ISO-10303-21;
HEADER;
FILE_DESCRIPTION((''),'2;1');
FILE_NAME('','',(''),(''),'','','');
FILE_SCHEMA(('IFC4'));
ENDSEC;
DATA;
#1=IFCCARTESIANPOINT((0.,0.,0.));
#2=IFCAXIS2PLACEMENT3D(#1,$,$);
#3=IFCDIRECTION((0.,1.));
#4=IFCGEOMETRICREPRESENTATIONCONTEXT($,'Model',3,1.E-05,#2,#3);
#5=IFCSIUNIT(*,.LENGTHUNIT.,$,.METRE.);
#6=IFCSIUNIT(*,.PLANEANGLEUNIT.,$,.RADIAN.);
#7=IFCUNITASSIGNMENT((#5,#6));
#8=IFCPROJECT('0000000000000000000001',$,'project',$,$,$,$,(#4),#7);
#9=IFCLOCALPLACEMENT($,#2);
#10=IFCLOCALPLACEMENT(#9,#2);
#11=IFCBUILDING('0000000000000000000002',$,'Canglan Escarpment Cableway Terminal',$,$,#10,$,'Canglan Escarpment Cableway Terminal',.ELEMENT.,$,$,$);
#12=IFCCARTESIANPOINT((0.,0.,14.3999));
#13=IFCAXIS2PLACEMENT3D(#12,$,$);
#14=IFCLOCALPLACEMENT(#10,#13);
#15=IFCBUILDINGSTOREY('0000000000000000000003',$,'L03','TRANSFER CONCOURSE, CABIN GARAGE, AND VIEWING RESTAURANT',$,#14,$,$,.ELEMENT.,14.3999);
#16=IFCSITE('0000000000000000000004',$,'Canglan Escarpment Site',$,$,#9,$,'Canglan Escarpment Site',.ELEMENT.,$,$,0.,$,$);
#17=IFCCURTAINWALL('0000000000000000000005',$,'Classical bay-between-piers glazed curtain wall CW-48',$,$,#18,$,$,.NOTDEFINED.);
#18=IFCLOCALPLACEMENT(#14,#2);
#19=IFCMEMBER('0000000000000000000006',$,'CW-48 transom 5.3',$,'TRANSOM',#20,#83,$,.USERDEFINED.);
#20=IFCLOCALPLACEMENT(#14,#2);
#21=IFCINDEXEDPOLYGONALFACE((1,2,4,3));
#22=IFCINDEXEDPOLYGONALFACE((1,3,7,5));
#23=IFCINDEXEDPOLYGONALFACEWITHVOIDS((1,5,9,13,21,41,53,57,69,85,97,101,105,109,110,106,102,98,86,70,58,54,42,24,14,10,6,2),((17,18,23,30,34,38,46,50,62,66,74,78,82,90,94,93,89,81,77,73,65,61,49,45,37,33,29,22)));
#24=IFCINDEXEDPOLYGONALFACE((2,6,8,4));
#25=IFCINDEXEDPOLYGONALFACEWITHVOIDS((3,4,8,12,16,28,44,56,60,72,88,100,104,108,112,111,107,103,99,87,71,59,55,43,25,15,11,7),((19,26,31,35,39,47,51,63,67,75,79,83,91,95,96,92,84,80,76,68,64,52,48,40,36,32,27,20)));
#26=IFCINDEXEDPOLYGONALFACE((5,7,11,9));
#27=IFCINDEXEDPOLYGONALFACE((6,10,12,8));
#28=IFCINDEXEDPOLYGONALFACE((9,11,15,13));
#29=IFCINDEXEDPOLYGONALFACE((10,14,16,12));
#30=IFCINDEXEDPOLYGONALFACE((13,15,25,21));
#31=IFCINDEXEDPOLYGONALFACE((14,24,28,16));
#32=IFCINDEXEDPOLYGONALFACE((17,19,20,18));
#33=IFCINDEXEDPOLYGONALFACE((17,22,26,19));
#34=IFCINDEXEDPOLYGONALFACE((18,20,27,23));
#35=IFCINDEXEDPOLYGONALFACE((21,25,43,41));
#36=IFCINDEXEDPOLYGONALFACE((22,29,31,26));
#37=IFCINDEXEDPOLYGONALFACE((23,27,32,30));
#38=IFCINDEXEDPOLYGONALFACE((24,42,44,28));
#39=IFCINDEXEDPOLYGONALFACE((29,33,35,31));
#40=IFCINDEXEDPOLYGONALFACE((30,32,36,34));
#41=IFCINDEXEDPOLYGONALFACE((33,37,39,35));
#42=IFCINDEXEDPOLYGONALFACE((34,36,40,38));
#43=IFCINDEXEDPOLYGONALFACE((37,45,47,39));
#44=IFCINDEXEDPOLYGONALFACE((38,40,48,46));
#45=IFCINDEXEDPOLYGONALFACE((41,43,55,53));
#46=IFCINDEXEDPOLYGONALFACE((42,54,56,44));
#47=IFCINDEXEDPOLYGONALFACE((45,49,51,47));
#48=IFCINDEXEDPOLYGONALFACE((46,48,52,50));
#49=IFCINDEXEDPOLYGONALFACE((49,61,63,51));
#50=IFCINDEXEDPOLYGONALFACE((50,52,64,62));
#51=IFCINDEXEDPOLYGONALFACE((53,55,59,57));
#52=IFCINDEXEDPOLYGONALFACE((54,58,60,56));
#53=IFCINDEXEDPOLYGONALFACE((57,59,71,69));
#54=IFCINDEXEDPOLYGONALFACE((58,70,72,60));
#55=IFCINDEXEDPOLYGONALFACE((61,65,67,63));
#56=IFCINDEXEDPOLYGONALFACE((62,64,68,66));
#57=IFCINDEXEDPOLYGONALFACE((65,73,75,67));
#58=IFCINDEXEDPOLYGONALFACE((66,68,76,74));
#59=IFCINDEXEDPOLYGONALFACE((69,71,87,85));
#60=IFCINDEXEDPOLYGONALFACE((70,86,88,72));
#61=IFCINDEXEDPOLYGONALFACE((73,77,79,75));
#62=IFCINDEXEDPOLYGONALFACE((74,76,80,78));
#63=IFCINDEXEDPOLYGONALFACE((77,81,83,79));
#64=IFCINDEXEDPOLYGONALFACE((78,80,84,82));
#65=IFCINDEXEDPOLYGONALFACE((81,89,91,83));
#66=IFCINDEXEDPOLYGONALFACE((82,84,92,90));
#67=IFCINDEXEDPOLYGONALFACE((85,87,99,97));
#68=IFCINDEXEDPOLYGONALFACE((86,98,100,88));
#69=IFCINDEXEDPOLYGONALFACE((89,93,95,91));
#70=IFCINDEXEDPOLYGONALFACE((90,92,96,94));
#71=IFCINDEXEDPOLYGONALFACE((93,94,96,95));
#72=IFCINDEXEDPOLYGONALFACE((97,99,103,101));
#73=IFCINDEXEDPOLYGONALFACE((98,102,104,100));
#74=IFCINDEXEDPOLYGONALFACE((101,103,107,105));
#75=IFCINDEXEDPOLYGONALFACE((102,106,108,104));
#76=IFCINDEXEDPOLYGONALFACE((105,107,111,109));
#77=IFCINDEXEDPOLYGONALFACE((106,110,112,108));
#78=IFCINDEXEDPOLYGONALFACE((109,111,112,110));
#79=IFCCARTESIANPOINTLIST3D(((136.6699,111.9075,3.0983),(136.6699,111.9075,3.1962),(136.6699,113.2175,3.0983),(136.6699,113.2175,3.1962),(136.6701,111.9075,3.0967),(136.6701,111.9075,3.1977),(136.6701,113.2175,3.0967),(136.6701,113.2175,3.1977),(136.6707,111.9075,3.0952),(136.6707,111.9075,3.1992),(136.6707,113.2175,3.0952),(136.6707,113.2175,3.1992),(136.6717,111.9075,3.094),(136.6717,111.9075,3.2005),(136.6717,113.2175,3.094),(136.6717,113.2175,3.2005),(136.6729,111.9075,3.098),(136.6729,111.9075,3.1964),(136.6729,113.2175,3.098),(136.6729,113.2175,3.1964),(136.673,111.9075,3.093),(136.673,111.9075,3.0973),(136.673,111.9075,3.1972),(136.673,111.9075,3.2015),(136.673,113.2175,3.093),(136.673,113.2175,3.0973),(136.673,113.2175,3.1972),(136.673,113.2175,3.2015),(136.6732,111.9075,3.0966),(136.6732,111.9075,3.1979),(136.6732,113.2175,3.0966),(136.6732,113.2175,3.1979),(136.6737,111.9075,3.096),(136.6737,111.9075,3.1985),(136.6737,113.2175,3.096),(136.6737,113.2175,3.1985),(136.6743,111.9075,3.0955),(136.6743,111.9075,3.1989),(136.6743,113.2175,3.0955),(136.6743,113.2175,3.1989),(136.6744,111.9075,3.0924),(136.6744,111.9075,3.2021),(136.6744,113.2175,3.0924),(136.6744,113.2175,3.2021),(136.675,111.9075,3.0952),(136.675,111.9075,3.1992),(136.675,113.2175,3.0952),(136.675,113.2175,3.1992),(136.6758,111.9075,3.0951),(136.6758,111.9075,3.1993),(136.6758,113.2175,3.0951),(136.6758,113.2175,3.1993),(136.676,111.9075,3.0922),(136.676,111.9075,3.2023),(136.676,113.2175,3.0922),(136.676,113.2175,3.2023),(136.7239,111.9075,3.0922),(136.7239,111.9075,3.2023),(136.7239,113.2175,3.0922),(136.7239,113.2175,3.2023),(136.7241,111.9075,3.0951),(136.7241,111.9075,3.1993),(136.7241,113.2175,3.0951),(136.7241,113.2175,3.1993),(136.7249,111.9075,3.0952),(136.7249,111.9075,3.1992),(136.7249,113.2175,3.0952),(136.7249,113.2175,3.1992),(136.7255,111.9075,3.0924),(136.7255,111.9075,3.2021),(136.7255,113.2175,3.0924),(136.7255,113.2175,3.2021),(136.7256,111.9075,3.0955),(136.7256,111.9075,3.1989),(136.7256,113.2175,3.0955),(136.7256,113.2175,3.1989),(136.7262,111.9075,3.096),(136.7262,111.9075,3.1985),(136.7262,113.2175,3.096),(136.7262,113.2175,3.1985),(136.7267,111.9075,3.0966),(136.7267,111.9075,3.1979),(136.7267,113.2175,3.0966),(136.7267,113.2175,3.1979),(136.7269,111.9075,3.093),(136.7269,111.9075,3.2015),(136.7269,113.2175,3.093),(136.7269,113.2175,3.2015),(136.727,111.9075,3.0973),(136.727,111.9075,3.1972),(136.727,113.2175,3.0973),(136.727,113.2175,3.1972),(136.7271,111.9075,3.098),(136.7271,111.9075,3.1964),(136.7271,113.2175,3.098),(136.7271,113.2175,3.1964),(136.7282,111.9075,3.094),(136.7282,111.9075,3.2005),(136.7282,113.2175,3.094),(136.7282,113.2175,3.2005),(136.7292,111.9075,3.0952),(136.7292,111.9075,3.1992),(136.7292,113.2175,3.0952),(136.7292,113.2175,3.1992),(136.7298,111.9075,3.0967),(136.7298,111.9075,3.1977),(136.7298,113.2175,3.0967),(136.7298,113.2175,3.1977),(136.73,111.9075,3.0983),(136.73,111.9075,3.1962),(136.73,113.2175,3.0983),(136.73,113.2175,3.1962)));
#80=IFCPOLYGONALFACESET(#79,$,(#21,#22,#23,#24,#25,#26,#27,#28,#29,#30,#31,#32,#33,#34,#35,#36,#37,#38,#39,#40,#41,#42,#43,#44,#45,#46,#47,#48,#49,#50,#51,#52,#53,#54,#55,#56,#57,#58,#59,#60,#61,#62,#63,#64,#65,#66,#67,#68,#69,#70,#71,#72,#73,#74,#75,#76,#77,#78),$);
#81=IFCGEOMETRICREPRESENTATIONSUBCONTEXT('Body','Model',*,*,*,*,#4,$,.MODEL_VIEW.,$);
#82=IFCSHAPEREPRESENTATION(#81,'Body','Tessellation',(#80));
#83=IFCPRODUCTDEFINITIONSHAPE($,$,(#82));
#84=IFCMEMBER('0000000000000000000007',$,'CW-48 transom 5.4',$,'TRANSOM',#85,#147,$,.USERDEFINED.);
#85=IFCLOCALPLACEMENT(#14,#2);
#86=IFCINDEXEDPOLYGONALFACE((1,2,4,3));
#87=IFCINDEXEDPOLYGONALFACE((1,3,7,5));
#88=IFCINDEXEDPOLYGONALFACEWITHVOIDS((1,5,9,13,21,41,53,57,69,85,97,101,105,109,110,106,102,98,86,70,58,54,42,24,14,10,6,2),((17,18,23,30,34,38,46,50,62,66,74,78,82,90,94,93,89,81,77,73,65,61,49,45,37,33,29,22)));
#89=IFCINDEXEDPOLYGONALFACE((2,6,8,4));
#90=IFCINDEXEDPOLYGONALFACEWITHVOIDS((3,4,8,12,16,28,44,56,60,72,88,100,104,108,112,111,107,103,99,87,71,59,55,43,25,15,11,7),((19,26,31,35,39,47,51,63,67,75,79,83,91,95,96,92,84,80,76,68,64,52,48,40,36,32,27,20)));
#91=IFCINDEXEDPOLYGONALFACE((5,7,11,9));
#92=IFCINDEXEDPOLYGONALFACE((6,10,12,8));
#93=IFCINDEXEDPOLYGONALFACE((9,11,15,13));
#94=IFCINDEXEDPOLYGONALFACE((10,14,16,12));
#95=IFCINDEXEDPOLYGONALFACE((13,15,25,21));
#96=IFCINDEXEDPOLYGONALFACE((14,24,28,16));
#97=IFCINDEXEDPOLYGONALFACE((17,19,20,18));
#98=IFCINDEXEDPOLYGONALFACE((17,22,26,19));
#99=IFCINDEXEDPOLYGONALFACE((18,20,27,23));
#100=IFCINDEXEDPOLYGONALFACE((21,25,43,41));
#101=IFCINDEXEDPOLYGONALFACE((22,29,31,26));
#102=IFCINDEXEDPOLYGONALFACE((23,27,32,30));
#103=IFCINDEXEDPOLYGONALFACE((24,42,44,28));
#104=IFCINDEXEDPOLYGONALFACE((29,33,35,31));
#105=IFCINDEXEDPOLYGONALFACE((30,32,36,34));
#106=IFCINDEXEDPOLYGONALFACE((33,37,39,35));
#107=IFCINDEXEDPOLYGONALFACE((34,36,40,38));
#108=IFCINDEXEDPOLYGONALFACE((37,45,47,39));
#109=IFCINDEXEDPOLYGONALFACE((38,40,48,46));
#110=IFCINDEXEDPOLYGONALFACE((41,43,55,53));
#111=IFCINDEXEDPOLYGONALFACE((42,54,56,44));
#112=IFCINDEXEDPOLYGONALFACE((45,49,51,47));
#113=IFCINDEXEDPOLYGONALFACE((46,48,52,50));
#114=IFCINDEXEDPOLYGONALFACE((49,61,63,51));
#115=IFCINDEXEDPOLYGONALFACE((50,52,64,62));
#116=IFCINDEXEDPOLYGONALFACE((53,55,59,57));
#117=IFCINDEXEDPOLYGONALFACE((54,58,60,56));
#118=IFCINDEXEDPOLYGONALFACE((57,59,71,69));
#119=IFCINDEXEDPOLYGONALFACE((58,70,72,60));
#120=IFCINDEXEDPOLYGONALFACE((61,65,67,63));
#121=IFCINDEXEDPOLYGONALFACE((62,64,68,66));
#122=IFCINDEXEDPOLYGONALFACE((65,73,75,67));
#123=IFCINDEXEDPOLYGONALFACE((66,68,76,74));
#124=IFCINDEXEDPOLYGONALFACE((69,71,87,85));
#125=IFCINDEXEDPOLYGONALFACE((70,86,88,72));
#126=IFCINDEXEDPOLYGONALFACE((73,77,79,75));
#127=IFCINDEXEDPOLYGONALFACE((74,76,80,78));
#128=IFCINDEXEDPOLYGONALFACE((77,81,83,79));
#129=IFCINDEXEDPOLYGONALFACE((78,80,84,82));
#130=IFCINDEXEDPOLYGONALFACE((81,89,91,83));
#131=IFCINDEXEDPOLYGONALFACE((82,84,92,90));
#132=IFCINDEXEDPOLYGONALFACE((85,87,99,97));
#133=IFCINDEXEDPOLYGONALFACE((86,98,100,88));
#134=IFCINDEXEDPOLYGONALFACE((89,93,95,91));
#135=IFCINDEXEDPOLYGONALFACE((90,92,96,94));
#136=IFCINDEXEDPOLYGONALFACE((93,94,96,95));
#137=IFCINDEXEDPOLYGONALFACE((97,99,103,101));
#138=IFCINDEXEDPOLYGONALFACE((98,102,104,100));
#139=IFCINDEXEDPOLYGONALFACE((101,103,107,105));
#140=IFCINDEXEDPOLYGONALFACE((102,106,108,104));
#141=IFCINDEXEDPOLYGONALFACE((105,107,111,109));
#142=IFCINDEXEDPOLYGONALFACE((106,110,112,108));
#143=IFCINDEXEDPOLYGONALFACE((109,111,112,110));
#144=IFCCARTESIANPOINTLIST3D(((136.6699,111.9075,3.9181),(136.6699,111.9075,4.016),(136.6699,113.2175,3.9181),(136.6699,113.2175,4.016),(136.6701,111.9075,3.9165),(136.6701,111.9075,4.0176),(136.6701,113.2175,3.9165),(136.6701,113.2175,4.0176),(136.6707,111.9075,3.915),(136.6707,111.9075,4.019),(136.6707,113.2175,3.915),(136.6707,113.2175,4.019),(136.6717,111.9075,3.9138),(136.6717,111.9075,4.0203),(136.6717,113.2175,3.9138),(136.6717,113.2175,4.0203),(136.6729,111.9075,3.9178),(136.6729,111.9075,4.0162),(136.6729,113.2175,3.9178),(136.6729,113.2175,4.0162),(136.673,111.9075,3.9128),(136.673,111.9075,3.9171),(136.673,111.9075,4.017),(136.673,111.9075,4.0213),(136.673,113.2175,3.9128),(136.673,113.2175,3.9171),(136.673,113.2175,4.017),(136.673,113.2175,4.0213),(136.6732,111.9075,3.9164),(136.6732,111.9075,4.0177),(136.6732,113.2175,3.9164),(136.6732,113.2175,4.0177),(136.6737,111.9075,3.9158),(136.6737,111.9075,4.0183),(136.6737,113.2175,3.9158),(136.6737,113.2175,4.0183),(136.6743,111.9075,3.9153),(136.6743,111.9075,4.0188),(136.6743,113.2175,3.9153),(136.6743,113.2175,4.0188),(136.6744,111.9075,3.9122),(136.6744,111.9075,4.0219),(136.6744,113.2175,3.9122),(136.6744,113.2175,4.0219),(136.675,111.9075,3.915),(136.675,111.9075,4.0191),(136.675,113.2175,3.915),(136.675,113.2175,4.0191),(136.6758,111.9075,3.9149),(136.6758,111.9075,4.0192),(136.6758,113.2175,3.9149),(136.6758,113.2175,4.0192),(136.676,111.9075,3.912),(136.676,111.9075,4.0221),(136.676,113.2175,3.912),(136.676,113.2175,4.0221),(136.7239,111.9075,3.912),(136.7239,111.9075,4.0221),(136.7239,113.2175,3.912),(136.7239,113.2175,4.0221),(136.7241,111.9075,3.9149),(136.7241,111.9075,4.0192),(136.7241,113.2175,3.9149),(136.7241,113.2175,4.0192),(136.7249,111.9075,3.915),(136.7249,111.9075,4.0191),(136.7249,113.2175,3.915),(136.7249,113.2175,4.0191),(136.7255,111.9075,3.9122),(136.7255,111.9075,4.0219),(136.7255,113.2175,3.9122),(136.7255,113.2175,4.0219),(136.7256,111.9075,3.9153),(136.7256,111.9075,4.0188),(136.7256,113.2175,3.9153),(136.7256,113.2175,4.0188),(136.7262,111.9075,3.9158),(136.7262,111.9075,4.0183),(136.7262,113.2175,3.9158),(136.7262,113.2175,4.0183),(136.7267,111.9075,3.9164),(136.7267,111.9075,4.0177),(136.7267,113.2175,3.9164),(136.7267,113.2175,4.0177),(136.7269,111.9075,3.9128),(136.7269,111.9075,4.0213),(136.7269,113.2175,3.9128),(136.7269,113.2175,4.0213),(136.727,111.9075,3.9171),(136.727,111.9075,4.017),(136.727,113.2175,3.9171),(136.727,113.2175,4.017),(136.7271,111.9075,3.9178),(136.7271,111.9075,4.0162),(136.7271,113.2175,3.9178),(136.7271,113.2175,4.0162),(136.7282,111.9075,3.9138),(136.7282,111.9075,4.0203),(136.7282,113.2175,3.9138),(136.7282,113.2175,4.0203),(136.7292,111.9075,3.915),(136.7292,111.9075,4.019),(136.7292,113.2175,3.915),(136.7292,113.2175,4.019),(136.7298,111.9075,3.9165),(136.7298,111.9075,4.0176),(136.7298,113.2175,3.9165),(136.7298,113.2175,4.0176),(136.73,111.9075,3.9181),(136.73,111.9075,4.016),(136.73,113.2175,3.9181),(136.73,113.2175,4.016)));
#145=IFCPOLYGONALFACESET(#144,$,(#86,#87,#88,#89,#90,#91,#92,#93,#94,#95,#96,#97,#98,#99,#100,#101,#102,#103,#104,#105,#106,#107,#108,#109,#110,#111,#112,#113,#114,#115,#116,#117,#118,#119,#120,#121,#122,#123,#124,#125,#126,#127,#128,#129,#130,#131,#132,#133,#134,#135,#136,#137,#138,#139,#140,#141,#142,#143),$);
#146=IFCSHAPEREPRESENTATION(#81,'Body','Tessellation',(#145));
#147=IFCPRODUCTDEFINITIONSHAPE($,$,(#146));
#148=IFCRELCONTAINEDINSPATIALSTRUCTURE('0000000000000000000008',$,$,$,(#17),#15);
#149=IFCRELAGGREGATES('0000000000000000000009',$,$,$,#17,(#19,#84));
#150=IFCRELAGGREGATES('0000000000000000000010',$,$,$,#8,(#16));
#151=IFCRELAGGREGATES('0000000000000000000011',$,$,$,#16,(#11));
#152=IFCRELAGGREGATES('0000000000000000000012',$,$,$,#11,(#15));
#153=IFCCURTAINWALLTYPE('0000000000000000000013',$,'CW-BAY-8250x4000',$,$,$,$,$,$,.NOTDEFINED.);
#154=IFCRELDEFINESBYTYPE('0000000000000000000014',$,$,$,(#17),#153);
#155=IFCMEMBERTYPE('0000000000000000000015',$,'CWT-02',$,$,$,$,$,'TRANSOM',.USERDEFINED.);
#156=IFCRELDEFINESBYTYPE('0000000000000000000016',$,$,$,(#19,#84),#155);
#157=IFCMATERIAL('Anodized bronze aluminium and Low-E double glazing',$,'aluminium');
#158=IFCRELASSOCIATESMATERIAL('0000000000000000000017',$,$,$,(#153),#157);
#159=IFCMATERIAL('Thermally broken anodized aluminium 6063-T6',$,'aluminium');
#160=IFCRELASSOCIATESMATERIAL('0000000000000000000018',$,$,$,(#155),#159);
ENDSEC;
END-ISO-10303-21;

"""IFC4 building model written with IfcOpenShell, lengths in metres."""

from ifc_helpers import new_model, si_unit, direction, frame, origin, origin_2d, place, context, subcontext, project, spatial, hollow_rectangle, extrude, material, material_profile, profile_set, type_object, element, aggregate, save


model = new_model("IFC4")

# Units and contexts
model_context = context("Model", 3, precision=1e-05, world=origin(), true_north=direction((0.0, 1.0)))
body_context = subcontext(model_context, "Body", "Model", "MODEL_VIEW")
ifc_project = project(units=[si_unit("LENGTHUNIT", "METRE"), si_unit("PLANEANGLEUNIT", "RADIAN")], contexts=[model_context])

# Site, building, storey
site_placement = place(None, origin())
site = spatial("IfcSite", under=ifc_project, at=site_placement, Name="Canglan Escarpment Site", LongName="Canglan Escarpment Site", CompositionType="ELEMENT", RefElevation=0.0)
building_placement = place(site_placement, origin())
building = spatial("IfcBuilding", under=site, at=building_placement, Name="Canglan Escarpment Cableway Terminal", LongName="Canglan Escarpment Cableway Terminal", CompositionType="ELEMENT")
storey_placement = place(building_placement, frame((0.0, 0.0, 14.3999)))
storey = spatial("IfcBuildingStorey", under=building, at=storey_placement, Name="L03", Description="TRANSFER CONCOURSE, CABIN GARAGE, AND VIEWING RESTAURANT", CompositionType="ELEMENT", Elevation=14.3999)

# Curtain wall, members
ifc_material_1 = material(Name="Anodized bronze aluminium and Low-E double glazing", Category="aluminium")
ifc_material_2 = material(Name="Thermally broken anodized aluminium 6063-T6", Category="aluminium")
curtain_wall_type_1 = type_object("IfcCurtainWallType", Name="CW-BAY-8250x4000", PredefinedType="NOTDEFINED", material=ifc_material_1)
curtain_wall_1_placement = place(storey_placement, origin())
curtain_wall_1 = element("IfcCurtainWall", 1, at=curtain_wall_1_placement, inside=storey, type_object=curtain_wall_type_1, Name="Classical bay-between-piers glazed curtain wall CW-48", PredefinedType="NOTDEFINED")
ifc_material_profile_1 = material_profile(ifc_material_2, hollow_rectangle(XDim=0.0601, YDim=0.1101, WallThickness=0.0029, InnerFilletRadius=0.0029, OuterFilletRadius=0.0061, at=origin_2d()), Name="ALU-TRAN 60x110x3")
ifc_profile_set_1 = profile_set([ifc_material_profile_1], Name="Thermally broken anodized aluminium 6063-T6")
member_type_1 = type_object("IfcMemberType", Name="CWT-02", ElementType="TRANSOM", PredefinedType="USERDEFINED", material=ifc_profile_set_1)
member_1_placement = place(storey_placement, frame((136.7, 111.9075, 3.1472), z_axis=(0.0, 1.0, 0.0), x_axis=(-1.0, 0.0, 0.0)))
member_1 = element("IfcMember", 2, at=member_1_placement, type_object=member_type_1, Name="CW-48 transom 5.3", ObjectType="TRANSOM", PredefinedType="USERDEFINED", context=body_context, shape_type="SweptSolid", body=[
    extrude(hollow_rectangle(XDim=0.0601, YDim=0.1101, WallThickness=0.0029, InnerFilletRadius=0.0029, OuterFilletRadius=0.0061, at=origin_2d()), origin(), (0.0, 0.0, 1.0), 1.3101),
])
member_2_placement = place(storey_placement, frame((136.7, 111.9075, 3.967), z_axis=(0.0, 1.0, 0.0), x_axis=(-1.0, 0.0, 0.0)))
member_2 = element("IfcMember", 3, at=member_2_placement, type_object=member_type_1, Name="CW-48 transom 5.4", ObjectType="TRANSOM", PredefinedType="USERDEFINED", context=body_context, shape_type="SweptSolid", body=[
    extrude(hollow_rectangle(XDim=0.0601, YDim=0.1101, WallThickness=0.0029, InnerFilletRadius=0.0029, OuterFilletRadius=0.0061, at=origin_2d()), origin(), (0.0, 0.0, 1.0), 1.3101),
])

aggregate(curtain_wall_1, [member_1, member_2])

save(model, "model.ifc")
